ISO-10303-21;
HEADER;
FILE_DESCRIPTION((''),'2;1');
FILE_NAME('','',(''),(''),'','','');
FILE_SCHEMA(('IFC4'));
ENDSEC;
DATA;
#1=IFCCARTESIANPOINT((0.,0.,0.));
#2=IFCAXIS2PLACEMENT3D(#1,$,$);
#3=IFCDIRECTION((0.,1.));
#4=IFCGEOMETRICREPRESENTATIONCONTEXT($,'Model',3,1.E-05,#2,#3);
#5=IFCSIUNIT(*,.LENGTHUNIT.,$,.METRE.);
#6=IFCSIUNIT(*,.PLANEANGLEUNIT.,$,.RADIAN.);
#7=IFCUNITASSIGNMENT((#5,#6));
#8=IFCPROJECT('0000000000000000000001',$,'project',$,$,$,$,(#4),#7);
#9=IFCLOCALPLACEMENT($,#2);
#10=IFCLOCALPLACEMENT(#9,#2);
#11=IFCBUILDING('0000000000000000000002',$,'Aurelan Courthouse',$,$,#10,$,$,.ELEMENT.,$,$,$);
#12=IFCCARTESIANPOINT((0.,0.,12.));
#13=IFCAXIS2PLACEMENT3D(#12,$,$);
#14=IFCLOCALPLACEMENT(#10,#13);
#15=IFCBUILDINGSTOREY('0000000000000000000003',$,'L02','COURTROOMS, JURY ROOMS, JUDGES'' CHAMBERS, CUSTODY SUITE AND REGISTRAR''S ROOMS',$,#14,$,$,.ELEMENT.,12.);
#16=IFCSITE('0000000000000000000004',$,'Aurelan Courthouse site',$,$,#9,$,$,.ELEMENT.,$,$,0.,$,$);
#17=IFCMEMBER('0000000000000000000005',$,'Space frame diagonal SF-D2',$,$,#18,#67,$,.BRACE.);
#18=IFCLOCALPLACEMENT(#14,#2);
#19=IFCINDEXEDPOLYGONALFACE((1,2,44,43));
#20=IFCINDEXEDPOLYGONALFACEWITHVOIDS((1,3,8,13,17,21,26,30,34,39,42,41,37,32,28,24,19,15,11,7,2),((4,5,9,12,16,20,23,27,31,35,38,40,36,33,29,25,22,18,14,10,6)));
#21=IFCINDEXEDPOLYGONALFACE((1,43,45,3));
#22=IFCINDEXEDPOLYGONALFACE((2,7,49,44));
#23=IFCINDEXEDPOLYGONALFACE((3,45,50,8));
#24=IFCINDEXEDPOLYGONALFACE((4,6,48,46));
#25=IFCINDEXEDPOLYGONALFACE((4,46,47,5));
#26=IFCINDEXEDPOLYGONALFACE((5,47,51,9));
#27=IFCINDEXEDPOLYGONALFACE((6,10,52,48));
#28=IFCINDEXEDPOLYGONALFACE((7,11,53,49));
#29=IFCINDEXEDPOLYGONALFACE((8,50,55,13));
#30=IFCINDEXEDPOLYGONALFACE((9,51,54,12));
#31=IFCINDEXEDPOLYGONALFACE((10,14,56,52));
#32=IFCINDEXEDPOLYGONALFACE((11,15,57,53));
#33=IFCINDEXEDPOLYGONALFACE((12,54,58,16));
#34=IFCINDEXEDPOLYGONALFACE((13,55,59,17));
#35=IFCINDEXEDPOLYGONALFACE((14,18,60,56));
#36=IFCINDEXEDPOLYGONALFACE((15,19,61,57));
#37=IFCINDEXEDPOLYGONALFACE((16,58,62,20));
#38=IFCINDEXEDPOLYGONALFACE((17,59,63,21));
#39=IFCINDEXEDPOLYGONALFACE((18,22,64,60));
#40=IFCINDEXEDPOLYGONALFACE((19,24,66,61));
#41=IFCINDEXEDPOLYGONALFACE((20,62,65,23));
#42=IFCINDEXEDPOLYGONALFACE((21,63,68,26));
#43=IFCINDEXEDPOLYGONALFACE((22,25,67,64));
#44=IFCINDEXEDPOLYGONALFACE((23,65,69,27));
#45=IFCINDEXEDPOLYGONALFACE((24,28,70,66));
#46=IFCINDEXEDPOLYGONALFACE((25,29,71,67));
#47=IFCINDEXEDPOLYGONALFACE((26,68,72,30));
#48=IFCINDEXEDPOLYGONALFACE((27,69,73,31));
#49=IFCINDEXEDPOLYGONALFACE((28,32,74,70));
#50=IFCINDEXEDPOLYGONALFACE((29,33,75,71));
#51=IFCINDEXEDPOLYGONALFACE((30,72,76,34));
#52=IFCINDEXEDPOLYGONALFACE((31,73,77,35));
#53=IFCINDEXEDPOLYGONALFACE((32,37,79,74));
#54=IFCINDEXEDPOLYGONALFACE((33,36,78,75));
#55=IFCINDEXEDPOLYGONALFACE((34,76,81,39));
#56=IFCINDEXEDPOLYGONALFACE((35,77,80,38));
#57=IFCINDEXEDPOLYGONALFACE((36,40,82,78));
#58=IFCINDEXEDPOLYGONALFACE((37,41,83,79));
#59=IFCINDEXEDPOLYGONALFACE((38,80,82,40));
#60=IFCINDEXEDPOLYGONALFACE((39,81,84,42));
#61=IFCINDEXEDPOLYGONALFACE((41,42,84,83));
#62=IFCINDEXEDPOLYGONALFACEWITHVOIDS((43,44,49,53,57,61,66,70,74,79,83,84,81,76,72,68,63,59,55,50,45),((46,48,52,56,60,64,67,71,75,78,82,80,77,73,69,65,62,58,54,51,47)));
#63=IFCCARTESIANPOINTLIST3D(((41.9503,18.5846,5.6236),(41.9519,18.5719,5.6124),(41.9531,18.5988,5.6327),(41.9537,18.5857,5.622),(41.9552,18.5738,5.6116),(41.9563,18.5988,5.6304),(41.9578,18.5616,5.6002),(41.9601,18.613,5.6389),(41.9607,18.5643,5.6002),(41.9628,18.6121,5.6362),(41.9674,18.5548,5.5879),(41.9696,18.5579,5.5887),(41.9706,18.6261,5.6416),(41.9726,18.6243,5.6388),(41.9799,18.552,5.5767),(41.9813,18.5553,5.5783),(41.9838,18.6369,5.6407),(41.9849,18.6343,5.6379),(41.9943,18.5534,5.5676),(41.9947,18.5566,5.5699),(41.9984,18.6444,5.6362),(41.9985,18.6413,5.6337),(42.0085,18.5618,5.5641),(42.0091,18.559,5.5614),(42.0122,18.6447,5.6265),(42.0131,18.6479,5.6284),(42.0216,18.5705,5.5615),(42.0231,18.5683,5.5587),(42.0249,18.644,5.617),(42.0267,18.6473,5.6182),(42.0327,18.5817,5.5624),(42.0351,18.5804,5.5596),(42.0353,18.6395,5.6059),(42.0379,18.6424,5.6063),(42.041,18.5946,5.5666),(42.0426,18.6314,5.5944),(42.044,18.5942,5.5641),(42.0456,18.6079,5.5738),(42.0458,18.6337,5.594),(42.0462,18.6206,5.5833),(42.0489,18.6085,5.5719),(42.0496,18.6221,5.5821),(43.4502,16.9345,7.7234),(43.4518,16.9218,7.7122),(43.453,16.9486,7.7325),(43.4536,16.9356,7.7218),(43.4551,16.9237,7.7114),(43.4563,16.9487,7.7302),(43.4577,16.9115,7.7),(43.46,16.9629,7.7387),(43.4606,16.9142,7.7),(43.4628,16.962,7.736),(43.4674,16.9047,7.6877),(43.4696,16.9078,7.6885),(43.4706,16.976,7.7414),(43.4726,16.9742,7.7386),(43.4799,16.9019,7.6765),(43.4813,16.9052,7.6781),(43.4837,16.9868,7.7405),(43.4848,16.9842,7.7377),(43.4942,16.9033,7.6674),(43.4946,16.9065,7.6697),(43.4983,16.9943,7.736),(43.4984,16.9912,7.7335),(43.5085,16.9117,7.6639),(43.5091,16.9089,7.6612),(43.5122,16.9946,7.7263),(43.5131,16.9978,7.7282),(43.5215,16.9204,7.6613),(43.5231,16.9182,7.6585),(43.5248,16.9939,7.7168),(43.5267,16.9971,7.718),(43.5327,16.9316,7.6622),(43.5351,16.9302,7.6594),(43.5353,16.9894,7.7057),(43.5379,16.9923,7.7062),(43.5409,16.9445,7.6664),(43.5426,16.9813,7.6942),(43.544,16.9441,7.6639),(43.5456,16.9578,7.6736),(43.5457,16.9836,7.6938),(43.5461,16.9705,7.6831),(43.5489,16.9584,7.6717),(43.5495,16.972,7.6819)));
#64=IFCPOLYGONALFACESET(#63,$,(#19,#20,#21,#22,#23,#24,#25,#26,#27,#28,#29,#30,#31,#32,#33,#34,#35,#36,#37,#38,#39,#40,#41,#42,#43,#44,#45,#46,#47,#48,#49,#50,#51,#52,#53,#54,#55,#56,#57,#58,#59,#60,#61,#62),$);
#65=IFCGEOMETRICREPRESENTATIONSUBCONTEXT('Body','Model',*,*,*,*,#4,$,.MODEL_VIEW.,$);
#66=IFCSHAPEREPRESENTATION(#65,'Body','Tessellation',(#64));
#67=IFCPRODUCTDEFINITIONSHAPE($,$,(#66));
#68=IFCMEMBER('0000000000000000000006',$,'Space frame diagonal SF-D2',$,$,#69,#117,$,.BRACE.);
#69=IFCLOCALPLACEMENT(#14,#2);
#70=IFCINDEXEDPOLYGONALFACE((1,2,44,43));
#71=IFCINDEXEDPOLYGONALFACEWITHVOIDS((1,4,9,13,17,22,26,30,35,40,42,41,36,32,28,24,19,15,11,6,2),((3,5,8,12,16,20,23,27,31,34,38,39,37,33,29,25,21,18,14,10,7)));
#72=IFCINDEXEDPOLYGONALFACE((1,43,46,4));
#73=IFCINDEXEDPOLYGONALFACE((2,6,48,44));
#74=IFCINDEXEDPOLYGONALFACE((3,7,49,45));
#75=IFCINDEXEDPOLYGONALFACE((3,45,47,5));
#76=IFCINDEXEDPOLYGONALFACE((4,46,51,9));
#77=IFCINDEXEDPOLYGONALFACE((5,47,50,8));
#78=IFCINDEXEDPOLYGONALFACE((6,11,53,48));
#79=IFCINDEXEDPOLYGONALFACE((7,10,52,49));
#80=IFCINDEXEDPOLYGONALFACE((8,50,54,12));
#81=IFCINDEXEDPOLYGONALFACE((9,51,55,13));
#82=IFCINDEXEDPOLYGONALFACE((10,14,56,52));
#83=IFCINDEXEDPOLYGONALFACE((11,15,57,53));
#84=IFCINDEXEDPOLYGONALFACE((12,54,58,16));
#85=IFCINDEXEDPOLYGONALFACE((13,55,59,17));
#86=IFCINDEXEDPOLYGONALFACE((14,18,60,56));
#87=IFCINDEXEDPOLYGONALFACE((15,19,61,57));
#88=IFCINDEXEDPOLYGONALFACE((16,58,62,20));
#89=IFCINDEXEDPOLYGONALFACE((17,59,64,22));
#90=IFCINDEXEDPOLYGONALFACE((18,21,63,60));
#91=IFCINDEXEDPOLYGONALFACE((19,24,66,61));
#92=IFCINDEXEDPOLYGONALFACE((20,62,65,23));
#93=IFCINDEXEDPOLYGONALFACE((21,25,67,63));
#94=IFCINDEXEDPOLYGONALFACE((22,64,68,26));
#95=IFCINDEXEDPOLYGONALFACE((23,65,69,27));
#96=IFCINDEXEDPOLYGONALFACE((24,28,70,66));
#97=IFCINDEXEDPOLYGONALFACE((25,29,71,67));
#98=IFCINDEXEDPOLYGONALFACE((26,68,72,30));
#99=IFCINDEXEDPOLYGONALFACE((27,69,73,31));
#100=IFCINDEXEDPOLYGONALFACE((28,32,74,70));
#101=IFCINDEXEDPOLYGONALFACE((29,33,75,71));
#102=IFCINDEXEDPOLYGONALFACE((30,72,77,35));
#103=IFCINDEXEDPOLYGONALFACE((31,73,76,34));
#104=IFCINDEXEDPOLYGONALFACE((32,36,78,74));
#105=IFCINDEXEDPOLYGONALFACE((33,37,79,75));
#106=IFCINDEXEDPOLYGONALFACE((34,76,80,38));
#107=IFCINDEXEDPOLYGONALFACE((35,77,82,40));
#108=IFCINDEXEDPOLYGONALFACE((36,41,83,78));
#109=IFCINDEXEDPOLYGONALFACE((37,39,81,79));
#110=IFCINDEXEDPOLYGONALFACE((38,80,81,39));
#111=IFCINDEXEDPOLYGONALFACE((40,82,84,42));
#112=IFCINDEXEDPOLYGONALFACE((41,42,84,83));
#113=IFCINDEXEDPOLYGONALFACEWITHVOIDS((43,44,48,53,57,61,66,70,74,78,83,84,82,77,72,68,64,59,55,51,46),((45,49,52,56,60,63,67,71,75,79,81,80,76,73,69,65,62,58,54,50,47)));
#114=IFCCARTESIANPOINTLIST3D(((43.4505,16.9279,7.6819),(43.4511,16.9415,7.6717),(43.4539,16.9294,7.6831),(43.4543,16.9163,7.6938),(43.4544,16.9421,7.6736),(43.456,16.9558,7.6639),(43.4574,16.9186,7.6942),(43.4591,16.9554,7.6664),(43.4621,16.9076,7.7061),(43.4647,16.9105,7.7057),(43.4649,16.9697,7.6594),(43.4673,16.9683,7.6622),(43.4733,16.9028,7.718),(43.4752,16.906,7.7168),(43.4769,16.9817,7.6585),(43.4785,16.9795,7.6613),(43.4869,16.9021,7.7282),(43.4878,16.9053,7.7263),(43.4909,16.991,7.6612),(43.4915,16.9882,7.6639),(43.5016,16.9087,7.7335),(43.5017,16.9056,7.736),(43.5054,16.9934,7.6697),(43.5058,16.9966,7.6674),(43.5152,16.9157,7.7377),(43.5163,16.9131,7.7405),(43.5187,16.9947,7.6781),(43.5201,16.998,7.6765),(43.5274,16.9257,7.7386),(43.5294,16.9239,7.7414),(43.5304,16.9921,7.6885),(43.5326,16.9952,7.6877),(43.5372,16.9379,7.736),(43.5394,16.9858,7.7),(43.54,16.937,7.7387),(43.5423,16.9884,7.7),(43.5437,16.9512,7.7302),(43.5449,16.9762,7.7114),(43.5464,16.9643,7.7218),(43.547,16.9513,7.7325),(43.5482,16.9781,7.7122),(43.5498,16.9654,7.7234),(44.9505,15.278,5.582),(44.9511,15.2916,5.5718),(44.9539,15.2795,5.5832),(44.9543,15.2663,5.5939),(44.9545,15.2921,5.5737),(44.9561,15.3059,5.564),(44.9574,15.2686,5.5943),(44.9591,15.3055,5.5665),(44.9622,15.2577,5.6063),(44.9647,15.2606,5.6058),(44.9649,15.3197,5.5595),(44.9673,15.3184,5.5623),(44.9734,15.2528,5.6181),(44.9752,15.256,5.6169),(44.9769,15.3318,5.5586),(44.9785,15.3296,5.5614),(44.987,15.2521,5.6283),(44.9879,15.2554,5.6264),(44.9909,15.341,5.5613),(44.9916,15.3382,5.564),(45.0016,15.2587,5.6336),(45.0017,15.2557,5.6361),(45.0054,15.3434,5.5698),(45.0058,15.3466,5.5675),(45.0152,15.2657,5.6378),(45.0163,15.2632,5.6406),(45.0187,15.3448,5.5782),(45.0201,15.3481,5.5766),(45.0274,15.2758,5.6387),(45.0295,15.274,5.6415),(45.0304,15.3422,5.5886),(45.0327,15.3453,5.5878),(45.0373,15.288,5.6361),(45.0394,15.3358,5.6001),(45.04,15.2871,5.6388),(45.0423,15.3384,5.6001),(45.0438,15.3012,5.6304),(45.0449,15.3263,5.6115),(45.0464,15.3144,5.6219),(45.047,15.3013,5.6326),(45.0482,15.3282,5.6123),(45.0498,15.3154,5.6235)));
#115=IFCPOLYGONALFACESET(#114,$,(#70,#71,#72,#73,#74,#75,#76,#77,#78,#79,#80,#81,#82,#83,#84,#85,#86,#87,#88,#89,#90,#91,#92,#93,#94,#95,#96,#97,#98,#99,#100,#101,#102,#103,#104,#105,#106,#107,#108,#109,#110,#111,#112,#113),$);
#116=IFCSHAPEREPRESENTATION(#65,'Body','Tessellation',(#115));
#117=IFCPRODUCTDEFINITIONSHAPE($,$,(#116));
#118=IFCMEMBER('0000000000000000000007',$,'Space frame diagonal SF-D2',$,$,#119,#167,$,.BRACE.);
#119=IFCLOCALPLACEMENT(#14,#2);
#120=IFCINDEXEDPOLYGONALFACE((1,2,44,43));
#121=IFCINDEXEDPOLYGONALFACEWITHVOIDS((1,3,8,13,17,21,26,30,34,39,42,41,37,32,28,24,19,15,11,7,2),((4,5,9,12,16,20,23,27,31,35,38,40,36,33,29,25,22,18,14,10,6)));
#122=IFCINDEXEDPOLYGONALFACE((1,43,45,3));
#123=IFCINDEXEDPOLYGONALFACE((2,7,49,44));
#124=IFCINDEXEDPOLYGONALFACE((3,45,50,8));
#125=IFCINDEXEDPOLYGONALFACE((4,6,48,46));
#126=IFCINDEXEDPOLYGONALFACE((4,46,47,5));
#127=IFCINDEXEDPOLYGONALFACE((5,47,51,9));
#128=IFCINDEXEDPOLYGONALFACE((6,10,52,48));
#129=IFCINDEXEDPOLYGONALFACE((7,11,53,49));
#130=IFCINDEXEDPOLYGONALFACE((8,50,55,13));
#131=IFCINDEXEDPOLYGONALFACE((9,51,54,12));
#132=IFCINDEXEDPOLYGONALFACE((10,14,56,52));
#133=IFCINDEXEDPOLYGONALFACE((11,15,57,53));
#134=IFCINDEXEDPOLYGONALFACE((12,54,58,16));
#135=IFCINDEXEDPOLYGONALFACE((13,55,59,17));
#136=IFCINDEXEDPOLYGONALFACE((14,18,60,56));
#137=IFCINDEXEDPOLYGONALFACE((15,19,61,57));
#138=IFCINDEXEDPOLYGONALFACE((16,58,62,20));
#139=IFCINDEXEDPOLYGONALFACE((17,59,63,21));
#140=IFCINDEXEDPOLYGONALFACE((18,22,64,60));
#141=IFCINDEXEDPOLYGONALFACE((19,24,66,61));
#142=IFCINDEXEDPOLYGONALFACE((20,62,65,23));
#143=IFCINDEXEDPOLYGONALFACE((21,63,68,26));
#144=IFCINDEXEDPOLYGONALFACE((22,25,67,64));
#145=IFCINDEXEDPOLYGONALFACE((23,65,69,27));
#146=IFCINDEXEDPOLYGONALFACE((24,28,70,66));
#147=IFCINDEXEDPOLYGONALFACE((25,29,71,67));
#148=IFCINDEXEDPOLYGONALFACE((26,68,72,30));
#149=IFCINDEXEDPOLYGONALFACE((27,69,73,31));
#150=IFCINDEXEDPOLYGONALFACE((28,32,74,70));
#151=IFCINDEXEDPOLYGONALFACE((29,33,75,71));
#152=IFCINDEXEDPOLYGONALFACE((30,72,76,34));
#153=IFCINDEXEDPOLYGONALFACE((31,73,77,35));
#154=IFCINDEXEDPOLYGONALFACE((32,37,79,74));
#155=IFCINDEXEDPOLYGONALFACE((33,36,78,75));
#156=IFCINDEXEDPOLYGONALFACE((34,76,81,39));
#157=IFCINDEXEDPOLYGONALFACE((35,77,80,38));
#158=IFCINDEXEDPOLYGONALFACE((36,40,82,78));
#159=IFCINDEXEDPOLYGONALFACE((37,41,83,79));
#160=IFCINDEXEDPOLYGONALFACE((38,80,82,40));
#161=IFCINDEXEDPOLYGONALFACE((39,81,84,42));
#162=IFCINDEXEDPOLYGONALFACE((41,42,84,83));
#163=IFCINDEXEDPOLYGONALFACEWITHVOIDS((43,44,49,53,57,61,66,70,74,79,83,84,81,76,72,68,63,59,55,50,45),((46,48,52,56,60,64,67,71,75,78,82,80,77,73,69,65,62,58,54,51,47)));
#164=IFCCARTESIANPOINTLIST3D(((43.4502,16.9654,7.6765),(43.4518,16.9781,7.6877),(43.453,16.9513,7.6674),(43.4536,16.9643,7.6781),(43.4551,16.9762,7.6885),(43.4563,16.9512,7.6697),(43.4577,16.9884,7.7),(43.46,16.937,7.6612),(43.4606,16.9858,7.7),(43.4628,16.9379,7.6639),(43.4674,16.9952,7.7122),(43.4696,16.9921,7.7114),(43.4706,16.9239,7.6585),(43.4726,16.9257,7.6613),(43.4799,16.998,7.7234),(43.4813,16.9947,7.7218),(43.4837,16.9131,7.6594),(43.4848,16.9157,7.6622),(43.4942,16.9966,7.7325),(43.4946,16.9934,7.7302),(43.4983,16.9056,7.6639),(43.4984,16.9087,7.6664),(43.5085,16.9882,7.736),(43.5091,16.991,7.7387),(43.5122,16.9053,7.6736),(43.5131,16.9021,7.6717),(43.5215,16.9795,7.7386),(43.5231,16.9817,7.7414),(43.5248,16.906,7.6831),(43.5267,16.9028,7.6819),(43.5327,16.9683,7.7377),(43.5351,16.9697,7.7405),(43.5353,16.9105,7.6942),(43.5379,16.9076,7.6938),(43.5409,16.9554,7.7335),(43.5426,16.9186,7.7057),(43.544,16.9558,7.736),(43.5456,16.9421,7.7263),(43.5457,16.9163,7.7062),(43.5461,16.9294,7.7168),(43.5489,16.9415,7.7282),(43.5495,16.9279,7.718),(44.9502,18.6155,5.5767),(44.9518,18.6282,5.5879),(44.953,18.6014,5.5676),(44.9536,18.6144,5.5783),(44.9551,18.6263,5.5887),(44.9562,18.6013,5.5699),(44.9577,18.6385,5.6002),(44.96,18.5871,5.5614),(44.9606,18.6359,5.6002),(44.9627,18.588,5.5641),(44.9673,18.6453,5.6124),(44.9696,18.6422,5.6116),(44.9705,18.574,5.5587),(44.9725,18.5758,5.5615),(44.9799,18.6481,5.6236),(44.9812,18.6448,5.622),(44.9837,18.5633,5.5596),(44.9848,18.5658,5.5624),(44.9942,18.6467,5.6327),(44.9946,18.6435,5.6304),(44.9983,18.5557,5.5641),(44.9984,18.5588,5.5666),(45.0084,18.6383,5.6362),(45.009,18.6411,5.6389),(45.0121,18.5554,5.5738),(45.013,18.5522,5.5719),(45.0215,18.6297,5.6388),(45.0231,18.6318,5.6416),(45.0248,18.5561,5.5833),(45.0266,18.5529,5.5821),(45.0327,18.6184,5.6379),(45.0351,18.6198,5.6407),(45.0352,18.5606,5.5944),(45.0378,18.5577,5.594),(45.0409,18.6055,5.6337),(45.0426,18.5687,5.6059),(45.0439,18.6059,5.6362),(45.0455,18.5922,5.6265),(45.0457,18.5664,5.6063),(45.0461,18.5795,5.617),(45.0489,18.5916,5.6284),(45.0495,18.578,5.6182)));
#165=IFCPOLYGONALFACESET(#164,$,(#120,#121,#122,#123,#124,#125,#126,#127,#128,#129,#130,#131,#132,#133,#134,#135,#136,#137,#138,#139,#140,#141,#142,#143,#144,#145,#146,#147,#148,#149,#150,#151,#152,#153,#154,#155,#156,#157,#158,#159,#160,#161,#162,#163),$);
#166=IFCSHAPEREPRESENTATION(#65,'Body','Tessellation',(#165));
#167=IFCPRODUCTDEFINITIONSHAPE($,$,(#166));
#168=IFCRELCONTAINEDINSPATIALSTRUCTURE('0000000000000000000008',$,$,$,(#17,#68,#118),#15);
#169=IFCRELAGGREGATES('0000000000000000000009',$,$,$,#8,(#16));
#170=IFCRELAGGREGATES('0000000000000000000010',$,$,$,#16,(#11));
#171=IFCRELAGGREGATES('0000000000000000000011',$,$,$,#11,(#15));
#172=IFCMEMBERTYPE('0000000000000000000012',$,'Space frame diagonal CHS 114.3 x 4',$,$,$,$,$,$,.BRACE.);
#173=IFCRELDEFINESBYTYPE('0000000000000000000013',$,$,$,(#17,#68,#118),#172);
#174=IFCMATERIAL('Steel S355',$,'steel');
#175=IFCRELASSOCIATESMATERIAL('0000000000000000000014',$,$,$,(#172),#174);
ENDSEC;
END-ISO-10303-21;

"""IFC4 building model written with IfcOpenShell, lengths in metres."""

from ifc_helpers import new_model, si_unit, direction, frame, origin, origin_2d, place, context, subcontext, project, spatial, hollow_circle, extrude, material, material_profile, profile_set, type_object, element, save


model = new_model("IFC4")

# Units and contexts
model_context = context("Model", 3, precision=1e-05, world=origin(), true_north=direction((0.0, 1.0)))
body_context = subcontext(model_context, "Body", "Model", "MODEL_VIEW")
ifc_project = project(units=[si_unit("LENGTHUNIT", "METRE"), si_unit("PLANEANGLEUNIT", "RADIAN")], contexts=[model_context])

# Site, building, storey
site_placement = place(None, origin())
site = spatial("IfcSite", under=ifc_project, at=site_placement, Name="Aurelan Courthouse site", CompositionType="ELEMENT", RefElevation=0.0)
building_placement = place(site_placement, origin())
building = spatial("IfcBuilding", under=site, at=building_placement, Name="Aurelan Courthouse", CompositionType="ELEMENT")
storey_placement = place(building_placement, frame((0.0, 0.0, 12.0)))
storey = spatial("IfcBuildingStorey", under=building, at=storey_placement, Name="L02", Description="COURTROOMS, JURY ROOMS, JUDGES' CHAMBERS, CUSTODY SUITE AND REGISTRAR'S ROOMS", CompositionType="ELEMENT", Elevation=12.0)

# Members
ifc_material_1 = material(Name="Steel S355", Category="steel")
ifc_material_profile_1 = material_profile(ifc_material_1, hollow_circle(Radius=0.0571, WallThickness=0.0039, at=origin_2d()), Name="CHS 114.3 x 4")
ifc_profile_set_1 = profile_set([ifc_material_profile_1], Name="Steel S355")
member_type_1 = type_object("IfcMemberType", Name="Space frame diagonal CHS 114.3 x 4", PredefinedType="BRACE", material=ifc_profile_set_1)
for number, where, z_axis, x_axis, name in (
    (1, (43.5, 16.95, 7.7), (-0.489706, 0.538724, -0.68554), (-0.73997, -0.67264, 0.0), "Space frame diagonal SF-D2"),
    (2, (43.5, 16.95, 7.7), (0.489727, -0.538667, -0.685569), (0.73992, 0.672695, 0.0), "Space frame diagonal SF-D2"),
    (3, (43.5, 16.95, 7.7), (0.489706, 0.538724, -0.68554), (-0.73997, 0.67264, 0.0), "Space frame diagonal SF-D2"),
):
    element("IfcMember", number, at=place(storey_placement, frame(where, z_axis=z_axis, x_axis=x_axis)), inside=storey, type_object=member_type_1, Name=name, PredefinedType="BRACE", context=body_context, shape_type="SweptSolid", body=[
        extrude(hollow_circle(Radius=0.0571, WallThickness=0.0039, at=origin_2d()), origin(), (0.0, 0.0, 1.0), 3.063),
    ])

save(model, "model.ifc")
